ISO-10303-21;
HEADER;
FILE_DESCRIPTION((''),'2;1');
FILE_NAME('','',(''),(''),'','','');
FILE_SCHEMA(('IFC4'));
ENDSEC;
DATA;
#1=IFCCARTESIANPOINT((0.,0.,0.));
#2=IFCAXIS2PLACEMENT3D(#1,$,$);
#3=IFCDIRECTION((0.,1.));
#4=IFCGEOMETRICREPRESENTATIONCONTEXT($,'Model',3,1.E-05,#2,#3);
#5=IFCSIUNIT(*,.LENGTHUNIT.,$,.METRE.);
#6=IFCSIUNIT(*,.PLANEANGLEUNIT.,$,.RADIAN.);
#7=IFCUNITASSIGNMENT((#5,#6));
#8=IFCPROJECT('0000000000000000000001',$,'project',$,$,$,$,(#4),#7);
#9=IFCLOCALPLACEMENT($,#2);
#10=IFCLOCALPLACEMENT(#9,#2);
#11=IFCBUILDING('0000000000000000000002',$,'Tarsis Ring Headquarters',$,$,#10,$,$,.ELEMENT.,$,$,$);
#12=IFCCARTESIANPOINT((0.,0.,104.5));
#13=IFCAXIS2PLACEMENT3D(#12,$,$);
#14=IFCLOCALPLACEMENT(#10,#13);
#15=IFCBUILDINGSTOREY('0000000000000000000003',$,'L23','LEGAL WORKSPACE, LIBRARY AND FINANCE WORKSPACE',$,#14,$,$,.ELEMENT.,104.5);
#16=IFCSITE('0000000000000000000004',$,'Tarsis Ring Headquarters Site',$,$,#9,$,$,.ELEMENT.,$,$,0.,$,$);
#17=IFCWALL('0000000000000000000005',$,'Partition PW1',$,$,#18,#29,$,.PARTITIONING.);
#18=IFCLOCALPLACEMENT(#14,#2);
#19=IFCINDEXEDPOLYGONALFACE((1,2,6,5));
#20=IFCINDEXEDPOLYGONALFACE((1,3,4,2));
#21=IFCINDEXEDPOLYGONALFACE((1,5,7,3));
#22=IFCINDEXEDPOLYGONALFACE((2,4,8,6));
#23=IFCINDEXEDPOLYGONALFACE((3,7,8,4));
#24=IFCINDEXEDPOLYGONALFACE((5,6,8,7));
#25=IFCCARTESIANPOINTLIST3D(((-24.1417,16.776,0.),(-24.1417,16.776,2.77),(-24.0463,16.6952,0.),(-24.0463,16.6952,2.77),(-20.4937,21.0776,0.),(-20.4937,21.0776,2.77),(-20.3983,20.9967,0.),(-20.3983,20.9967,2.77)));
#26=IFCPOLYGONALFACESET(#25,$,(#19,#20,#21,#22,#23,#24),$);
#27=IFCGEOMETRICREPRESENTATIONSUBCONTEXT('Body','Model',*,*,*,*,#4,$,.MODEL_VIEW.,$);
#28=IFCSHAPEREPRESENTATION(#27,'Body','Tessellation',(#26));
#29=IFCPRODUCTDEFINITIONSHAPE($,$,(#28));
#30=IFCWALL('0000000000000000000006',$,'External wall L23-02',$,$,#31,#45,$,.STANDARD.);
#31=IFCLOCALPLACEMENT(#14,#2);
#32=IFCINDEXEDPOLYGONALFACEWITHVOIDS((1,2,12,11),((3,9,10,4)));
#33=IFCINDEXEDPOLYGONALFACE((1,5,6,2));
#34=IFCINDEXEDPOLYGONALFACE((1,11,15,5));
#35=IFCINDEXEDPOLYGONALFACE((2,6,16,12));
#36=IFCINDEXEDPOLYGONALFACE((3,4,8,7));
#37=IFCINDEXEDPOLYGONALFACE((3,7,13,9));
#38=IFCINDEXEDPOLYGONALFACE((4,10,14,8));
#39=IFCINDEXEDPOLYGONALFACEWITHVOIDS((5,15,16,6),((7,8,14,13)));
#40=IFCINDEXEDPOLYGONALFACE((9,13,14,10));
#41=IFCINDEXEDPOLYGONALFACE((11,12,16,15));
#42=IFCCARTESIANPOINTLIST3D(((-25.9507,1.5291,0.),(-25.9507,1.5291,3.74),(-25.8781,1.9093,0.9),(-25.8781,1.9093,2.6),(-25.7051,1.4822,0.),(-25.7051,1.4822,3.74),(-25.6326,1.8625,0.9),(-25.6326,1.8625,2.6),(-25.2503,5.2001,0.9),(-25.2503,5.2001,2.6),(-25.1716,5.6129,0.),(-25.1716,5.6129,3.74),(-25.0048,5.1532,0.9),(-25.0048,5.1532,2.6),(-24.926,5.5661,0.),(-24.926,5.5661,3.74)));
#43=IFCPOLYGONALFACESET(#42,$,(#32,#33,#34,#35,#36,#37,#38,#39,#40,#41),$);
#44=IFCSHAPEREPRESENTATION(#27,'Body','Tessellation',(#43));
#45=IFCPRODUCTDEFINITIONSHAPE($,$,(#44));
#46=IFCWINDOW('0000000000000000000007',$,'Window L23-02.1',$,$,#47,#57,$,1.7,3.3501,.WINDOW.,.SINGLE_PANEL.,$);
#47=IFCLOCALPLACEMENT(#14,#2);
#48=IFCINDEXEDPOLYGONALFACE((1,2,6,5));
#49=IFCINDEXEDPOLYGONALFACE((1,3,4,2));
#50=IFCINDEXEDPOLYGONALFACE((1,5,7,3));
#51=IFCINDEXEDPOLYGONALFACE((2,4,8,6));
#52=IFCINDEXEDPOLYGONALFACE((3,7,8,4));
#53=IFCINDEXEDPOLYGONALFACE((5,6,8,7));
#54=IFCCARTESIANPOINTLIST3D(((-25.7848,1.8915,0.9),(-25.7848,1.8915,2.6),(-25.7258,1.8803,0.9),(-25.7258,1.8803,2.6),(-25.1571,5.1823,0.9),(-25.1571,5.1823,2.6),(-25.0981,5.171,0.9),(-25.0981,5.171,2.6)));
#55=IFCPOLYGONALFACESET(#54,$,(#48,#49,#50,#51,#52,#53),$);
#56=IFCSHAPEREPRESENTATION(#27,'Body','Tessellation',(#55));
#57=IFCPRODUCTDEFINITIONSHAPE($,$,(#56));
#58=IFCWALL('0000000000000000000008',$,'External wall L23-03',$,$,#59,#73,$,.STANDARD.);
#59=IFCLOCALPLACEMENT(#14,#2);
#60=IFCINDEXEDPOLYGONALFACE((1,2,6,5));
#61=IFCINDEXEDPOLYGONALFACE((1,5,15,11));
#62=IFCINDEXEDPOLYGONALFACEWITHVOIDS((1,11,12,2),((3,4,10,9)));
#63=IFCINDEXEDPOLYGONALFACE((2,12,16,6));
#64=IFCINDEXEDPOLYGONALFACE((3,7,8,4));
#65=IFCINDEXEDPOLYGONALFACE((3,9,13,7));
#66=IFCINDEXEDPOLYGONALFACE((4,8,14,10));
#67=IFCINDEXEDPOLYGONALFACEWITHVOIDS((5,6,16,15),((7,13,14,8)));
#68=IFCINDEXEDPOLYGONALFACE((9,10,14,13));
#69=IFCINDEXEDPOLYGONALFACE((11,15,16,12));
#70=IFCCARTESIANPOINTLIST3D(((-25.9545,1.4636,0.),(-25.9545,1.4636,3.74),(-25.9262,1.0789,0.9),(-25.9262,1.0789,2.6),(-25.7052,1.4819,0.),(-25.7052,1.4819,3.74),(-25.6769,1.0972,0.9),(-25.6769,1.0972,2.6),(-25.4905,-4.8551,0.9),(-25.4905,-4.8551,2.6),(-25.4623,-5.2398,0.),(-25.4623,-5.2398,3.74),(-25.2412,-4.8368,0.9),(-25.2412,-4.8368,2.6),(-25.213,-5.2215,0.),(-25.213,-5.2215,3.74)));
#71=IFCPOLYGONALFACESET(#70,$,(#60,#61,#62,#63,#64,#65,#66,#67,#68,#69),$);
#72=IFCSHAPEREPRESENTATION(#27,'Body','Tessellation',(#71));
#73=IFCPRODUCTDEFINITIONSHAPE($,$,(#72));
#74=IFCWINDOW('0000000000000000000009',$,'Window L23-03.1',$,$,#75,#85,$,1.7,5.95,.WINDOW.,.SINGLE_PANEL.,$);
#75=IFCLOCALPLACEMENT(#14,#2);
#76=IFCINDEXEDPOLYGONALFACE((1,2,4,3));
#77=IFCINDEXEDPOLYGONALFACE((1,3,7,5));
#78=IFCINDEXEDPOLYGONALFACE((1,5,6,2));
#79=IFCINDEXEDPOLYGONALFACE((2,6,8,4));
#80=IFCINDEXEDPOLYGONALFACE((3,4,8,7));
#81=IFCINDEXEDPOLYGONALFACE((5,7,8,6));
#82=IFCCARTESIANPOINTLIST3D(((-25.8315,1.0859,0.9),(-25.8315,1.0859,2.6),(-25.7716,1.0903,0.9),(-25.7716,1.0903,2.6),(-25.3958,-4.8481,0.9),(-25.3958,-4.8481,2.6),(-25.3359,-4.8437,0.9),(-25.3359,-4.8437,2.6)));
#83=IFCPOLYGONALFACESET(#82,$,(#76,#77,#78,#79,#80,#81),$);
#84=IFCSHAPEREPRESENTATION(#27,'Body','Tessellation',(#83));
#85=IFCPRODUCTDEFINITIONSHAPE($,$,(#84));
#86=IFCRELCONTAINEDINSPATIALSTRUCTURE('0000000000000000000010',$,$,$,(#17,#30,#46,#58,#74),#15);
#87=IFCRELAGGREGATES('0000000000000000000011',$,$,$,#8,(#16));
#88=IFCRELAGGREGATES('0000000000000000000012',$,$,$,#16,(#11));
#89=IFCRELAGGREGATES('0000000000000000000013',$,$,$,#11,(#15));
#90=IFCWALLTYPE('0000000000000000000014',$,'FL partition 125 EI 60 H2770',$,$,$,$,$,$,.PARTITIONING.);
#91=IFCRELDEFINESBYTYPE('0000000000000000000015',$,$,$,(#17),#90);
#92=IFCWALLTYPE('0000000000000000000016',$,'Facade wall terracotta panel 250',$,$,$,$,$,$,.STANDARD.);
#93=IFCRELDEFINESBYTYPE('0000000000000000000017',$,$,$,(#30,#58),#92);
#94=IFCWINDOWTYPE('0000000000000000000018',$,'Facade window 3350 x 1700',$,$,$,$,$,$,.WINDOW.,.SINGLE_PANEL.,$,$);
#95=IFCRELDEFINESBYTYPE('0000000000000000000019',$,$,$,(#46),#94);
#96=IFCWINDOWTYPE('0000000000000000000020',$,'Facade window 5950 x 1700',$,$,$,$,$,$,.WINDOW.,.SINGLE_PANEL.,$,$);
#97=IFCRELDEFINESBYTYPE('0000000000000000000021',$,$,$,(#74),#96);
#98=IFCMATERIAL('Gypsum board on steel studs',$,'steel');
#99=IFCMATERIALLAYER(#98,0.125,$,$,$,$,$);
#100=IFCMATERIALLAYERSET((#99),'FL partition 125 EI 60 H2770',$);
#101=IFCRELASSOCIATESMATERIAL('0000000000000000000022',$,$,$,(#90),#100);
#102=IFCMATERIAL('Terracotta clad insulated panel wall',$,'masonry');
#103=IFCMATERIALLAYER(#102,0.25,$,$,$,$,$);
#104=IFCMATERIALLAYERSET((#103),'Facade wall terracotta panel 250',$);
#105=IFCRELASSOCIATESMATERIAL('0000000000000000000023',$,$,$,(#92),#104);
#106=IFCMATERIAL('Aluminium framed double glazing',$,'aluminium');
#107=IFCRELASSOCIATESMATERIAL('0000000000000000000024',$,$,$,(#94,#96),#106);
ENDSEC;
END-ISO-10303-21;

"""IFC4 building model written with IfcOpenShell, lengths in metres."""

from ifc_helpers import new_model, si_unit, direction, frame, frame_2d, origin, place, context, subcontext, project, spatial, rectangle, extrude, material, layer, layer_set, type_object, element, fill, save


model = new_model("IFC4")

# Units and contexts
model_context = context("Model", 3, precision=1e-05, world=origin(), true_north=direction((0.0, 1.0)))
body_context = subcontext(model_context, "Body", "Model", "MODEL_VIEW")
ifc_project = project(units=[si_unit("LENGTHUNIT", "METRE"), si_unit("PLANEANGLEUNIT", "RADIAN")], contexts=[model_context])

# Site, building, storey
site_placement = place(None, origin())
site = spatial("IfcSite", under=ifc_project, at=site_placement, Name="Tarsis Ring Headquarters Site", CompositionType="ELEMENT", RefElevation=0.0)
building_placement = place(site_placement, origin())
building = spatial("IfcBuilding", under=site, at=building_placement, Name="Tarsis Ring Headquarters", CompositionType="ELEMENT")
storey_placement = place(building_placement, frame((0.0, 0.0, 104.5)))
storey = spatial("IfcBuildingStorey", under=building, at=storey_placement, Name="L23", Description="LEGAL WORKSPACE, LIBRARY AND FINANCE WORKSPACE", CompositionType="ELEMENT", Elevation=104.5)

# Shared definitions
ifc_material_1 = material(Name="Gypsum board on steel studs", Category="steel")

# Shared definitions
ifc_layer_1 = layer(ifc_material_1, 0.125)
ifc_layer_set_1 = layer_set([ifc_layer_1], Name="FL partition 125 EI 60 H2770")
wall_type_1 = type_object("IfcWallType", Name="FL partition 125 EI 60 H2770", PredefinedType="PARTITIONING", material=ifc_layer_set_1)

# Wall
wall_1_placement = place(storey_placement, frame((-24.094, 16.7356, 0.0), z_axis=(0.0, 0.0, 1.0), x_axis=(0.64679, 0.762668, 0.0)))
element("IfcWall", 1, at=wall_1_placement, inside=storey, type_object=wall_type_1, Name="Partition PW1", PredefinedType="PARTITIONING", context=body_context, shape_type="SweptSolid", body=[
    extrude(rectangle(XDim=5.6401, YDim=0.125, at=frame_2d((2.8201, 0.0))), origin(), (0.0, 0.0, 1.0), 2.77),
])

# Walls, openings, windows
ifc_material_2 = material(Name="Terracotta clad insulated panel wall", Category="masonry")
ifc_layer_2 = layer(ifc_material_2, 0.25)
ifc_layer_set_2 = layer_set([ifc_layer_2], Name="Facade wall terracotta panel 250")
wall_type_2 = type_object("IfcWallType", Name="Facade wall terracotta panel 250", PredefinedType="STANDARD", material=ifc_layer_set_2)
wall_2_placement = place(storey_placement, frame((-25.0488, 5.5894, 0.0), z_axis=(0.0, 0.0, 1.0), x_axis=(-0.18739, -0.982286, 0.0)))
wall_2 = element("IfcWall", 2, at=wall_2_placement, inside=storey, type_object=wall_type_2, Name="External wall L23-02", PredefinedType="STANDARD", context=body_context, shape_type="SweptSolid", body=[
    extrude(rectangle(XDim=4.1575, YDim=0.25, at=frame_2d((2.0786, 0.0))), origin(), (0.0, 0.0, 1.0), 3.74),
])
opening_1_placement = place(wall_2_placement, frame((0.4202, 0.0, 0.8999)))
opening_1 = element("IfcOpeningElement", 3, at=opening_1_placement, cuts=wall_2, PredefinedType="OPENING", context=body_context, shape_type="SweptSolid", body=[
    extrude(rectangle(XDim=3.3501, YDim=1.7, at=frame_2d((1.675, 0.8501))), frame((0.0, 0.135, 0.0), z_axis=(0.0, -1.0, 0.0), x_axis=(1.0, 0.0, 0.0)), (0.0, 0.0, 1.0), 0.27),
])
ifc_material_3 = material(Name="Aluminium framed double glazing", Category="aluminium")
window_type_1 = type_object("IfcWindowType", Name="Facade window 3350 x 1700", PartitioningType="SINGLE_PANEL", PredefinedType="WINDOW", material=ifc_material_3)
window_1_placement = place(opening_1_placement, origin())
window_1 = element("IfcWindow", 4, at=window_1_placement, inside=storey, type_object=window_type_1, Name="Window L23-02.1", OverallHeight=1.7, OverallWidth=3.3501, PartitioningType="SINGLE_PANEL", PredefinedType="WINDOW", context=body_context, shape_type="SweptSolid", body=[
    extrude(rectangle(XDim=3.3501, YDim=1.7, at=frame_2d((1.675, 0.8501))), frame((0.0, 0.03, 0.0), z_axis=(0.0, -1.0, 0.0), x_axis=(1.0, 0.0, 0.0)), (0.0, 0.0, 1.0), 0.0601),
])
fill(opening_1, window_1)
wall_3_placement = place(storey_placement, frame((-25.8298, 1.4729, 0.0), z_axis=(0.0, 0.0, 1.0), x_axis=(0.073227, -0.997315, 0.0)))
wall_3 = element("IfcWall", 5, at=wall_3_placement, inside=storey, type_object=wall_type_2, Name="External wall L23-03", PredefinedType="STANDARD", context=body_context, shape_type="SweptSolid", body=[
    extrude(rectangle(XDim=6.7214, YDim=0.25, at=frame_2d((3.3608, 0.0))), origin(), (0.0, 0.0, 1.0), 3.74),
])
opening_2_placement = place(wall_3_placement, frame((0.3857, 0.0, 0.8999)))
opening_2 = element("IfcOpeningElement", 6, at=opening_2_placement, cuts=wall_3, PredefinedType="OPENING", context=body_context, shape_type="SweptSolid", body=[
    extrude(rectangle(XDim=5.95, YDim=1.7, at=frame_2d((2.9751, 0.8501))), frame((0.0, 0.135, 0.0), z_axis=(0.0, -1.0, 0.0), x_axis=(1.0, 0.0, 0.0)), (0.0, 0.0, 1.0), 0.27),
])
window_type_2 = type_object("IfcWindowType", Name="Facade window 5950 x 1700", PartitioningType="SINGLE_PANEL", PredefinedType="WINDOW", material=ifc_material_3)
window_2_placement = place(opening_2_placement, origin())
window_2 = element("IfcWindow", 7, at=window_2_placement, inside=storey, type_object=window_type_2, Name="Window L23-03.1", OverallHeight=1.7, OverallWidth=5.95, PartitioningType="SINGLE_PANEL", PredefinedType="WINDOW", context=body_context, shape_type="SweptSolid", body=[
    extrude(rectangle(XDim=5.95, YDim=1.7, at=frame_2d((2.9751, 0.8501))), frame((0.0, 0.03, 0.0), z_axis=(0.0, -1.0, 0.0), x_axis=(1.0, 0.0, 0.0)), (0.0, 0.0, 1.0), 0.0601),
])
fill(opening_2, window_2)

save(model, "model.ifc")
